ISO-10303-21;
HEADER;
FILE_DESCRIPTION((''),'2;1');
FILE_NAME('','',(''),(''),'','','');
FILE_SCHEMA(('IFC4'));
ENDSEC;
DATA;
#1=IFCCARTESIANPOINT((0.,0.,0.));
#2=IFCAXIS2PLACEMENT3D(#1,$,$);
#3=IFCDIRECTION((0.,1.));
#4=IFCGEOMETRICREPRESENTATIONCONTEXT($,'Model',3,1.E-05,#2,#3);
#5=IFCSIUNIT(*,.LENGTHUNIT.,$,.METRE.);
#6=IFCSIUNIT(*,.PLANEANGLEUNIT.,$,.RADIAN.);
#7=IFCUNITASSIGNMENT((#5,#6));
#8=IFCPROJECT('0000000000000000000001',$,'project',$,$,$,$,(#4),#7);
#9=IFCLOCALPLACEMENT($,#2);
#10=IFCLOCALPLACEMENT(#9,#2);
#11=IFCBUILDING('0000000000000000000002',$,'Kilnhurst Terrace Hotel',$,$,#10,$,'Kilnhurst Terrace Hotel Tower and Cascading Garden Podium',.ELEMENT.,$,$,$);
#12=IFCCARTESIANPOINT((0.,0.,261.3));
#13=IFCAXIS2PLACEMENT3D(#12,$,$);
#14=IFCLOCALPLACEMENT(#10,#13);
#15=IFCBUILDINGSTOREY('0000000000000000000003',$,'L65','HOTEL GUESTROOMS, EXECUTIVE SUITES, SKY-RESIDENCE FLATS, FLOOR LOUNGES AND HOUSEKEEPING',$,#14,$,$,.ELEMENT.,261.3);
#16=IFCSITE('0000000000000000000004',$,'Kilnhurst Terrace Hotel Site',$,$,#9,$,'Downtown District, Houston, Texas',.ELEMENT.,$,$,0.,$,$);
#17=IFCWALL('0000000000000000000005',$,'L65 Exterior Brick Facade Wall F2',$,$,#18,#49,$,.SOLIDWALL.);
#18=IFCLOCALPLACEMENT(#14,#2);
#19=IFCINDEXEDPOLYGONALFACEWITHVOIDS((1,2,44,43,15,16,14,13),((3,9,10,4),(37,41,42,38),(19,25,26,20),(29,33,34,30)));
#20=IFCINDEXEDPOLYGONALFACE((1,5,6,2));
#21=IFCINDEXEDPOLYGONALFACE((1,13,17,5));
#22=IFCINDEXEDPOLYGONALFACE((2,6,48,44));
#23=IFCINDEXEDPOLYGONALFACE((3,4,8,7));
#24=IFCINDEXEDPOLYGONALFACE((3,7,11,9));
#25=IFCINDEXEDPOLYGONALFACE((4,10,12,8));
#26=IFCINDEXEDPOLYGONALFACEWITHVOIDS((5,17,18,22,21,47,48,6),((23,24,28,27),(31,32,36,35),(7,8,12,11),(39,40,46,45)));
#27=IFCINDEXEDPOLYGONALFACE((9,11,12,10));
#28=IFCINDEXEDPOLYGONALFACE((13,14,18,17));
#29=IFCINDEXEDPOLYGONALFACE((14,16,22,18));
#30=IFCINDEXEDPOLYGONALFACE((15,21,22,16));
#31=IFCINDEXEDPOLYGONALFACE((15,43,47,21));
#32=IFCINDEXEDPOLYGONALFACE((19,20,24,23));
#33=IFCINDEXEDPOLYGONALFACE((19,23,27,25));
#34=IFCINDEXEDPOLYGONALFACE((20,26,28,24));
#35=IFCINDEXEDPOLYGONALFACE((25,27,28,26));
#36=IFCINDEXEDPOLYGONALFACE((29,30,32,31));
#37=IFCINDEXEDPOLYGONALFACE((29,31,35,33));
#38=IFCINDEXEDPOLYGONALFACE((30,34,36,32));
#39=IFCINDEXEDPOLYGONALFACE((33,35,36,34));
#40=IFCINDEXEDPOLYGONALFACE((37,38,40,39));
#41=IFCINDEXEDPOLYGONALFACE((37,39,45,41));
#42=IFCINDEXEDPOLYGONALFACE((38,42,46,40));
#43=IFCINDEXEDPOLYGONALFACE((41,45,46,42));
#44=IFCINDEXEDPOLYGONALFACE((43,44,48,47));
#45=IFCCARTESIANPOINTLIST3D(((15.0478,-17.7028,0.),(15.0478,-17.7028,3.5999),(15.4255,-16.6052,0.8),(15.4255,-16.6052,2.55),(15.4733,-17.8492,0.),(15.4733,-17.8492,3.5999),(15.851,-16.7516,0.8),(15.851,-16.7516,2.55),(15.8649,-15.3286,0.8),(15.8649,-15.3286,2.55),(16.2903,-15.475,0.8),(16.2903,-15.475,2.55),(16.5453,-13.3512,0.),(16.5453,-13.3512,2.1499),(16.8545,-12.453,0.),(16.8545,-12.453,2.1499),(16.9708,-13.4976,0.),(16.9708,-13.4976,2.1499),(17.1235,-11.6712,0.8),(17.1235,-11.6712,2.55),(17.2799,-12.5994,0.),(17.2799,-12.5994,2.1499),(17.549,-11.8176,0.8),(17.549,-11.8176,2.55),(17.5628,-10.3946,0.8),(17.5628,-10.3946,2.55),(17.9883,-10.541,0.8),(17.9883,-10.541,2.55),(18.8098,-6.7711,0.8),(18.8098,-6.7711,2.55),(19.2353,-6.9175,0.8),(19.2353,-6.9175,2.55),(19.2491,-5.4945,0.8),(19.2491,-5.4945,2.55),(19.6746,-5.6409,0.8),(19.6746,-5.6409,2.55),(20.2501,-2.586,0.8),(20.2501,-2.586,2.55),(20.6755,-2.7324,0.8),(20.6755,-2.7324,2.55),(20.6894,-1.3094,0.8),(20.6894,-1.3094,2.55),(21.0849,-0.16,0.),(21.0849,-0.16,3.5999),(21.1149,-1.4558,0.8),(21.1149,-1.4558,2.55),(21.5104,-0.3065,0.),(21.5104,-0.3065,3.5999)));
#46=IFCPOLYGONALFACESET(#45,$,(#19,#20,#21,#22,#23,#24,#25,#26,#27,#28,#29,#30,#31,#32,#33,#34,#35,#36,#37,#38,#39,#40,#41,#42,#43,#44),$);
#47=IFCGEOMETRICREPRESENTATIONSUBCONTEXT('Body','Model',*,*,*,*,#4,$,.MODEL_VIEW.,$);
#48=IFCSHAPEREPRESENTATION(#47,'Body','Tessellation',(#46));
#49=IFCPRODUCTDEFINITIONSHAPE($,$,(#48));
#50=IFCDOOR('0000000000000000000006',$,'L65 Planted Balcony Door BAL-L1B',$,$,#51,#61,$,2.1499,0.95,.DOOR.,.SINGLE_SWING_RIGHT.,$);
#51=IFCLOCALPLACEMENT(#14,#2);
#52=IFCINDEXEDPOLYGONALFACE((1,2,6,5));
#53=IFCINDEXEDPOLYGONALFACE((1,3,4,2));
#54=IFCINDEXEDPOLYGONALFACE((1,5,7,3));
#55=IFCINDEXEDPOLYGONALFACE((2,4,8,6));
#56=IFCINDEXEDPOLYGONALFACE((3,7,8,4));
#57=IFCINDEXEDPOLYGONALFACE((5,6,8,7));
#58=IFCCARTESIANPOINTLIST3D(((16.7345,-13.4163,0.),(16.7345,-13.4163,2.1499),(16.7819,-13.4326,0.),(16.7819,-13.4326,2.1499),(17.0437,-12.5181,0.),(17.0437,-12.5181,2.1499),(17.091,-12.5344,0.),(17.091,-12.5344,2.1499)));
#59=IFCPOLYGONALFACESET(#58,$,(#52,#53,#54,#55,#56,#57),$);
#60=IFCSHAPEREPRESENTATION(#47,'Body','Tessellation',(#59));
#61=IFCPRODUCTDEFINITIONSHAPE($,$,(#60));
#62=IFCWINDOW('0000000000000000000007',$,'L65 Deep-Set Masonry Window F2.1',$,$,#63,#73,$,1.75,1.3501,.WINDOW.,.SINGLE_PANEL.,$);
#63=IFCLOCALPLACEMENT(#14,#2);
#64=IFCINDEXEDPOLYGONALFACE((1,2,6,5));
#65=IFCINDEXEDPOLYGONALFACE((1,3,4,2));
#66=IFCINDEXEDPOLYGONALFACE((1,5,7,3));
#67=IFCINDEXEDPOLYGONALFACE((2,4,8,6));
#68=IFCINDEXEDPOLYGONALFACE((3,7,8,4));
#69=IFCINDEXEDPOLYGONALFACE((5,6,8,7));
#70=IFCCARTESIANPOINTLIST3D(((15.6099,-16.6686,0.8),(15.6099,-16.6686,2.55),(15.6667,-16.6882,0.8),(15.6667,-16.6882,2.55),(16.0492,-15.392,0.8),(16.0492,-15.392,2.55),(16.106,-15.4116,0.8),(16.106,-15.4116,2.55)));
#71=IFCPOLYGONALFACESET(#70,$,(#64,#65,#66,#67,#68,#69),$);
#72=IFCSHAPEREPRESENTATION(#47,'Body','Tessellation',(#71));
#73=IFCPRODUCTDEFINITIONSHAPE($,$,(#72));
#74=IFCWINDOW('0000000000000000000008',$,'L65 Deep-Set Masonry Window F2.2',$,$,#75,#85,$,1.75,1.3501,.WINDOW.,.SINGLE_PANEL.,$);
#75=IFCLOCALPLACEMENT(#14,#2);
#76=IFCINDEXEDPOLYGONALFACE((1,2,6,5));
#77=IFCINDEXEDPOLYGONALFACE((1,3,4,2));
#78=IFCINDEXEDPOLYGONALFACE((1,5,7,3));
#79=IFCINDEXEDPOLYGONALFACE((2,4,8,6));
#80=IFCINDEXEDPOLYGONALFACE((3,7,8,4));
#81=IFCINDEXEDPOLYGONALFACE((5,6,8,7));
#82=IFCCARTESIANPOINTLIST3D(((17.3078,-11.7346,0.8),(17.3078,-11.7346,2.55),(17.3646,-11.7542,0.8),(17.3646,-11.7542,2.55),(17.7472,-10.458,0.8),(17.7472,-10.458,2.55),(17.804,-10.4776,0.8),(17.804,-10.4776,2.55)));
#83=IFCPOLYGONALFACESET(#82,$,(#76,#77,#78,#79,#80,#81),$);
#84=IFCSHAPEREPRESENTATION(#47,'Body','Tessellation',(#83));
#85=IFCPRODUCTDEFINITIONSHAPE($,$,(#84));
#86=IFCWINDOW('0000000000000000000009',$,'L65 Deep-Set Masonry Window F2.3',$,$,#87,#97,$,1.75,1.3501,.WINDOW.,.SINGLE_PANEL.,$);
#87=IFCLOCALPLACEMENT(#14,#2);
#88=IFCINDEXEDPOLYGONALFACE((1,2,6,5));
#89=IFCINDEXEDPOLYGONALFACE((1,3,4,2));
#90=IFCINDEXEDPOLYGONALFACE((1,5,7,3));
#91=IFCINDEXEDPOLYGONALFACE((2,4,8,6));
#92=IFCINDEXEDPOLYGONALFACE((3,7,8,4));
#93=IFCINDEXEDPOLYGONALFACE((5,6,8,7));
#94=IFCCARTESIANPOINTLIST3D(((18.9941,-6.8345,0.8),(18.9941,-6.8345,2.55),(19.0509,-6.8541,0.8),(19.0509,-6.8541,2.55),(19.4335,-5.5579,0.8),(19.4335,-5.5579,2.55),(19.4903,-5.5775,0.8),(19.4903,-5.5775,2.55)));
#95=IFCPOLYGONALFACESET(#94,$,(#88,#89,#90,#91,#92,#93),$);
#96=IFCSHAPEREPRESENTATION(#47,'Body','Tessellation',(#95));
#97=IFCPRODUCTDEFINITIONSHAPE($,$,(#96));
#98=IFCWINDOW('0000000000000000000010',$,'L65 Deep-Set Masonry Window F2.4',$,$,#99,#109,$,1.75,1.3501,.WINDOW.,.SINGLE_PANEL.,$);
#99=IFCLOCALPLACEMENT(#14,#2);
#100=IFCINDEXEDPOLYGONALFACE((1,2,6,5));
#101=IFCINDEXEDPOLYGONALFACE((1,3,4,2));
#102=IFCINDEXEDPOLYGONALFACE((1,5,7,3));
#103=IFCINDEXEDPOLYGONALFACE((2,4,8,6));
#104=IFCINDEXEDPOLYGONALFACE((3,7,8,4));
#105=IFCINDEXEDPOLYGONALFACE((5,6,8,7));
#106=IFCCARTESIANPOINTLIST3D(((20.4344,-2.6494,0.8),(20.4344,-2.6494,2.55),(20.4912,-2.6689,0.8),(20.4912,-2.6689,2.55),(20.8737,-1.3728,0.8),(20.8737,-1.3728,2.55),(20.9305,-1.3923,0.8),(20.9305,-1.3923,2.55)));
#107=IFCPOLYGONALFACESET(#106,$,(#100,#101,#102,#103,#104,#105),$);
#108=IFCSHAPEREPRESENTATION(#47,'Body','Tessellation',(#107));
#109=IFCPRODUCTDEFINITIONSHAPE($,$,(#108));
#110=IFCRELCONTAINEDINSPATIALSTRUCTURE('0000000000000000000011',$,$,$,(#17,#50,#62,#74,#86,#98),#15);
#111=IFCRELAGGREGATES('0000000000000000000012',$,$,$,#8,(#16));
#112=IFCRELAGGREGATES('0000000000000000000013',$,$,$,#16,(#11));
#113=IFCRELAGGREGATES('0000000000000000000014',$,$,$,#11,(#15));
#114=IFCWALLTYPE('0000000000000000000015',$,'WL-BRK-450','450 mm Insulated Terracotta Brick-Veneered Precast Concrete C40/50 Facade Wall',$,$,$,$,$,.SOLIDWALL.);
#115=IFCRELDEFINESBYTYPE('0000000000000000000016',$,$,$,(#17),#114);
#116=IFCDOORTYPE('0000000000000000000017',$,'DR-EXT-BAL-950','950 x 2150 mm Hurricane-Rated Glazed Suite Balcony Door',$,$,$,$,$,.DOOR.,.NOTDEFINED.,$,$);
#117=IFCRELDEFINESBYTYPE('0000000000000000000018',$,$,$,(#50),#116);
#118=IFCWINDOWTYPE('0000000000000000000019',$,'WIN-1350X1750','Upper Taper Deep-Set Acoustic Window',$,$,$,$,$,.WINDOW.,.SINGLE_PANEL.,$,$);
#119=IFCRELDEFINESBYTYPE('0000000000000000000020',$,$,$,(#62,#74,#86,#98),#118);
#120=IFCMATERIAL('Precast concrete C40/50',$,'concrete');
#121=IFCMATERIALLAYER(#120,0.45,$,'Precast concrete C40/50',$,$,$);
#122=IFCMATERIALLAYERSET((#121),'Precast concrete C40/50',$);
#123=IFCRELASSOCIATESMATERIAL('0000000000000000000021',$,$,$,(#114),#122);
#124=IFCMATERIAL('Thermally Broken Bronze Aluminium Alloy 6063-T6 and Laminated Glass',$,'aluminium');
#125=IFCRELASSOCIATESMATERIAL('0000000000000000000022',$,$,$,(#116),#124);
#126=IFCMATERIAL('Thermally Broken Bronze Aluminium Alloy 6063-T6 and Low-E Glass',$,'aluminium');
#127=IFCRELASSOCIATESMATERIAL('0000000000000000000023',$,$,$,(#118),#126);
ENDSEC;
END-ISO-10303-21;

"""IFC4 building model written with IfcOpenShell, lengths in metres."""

from ifc_helpers import new_model, si_unit, direction, frame, frame_2d, origin, place, context, subcontext, project, spatial, rectangle, extrude, material, layer, layer_set, type_object, element, fill, save


model = new_model("IFC4")

# Units and contexts
model_context = context("Model", 3, precision=1e-05, world=origin(), true_north=direction((0.0, 1.0)))
body_context = subcontext(model_context, "Body", "Model", "MODEL_VIEW")
ifc_project = project(units=[si_unit("LENGTHUNIT", "METRE"), si_unit("PLANEANGLEUNIT", "RADIAN")], contexts=[model_context])

# Site, building, storey
site_placement = place(None, origin())
site = spatial("IfcSite", under=ifc_project, at=site_placement, Name="Kilnhurst Terrace Hotel Site", LongName="Downtown District, Houston, Texas", CompositionType="ELEMENT", RefElevation=0.0)
building_placement = place(site_placement, origin())
building = spatial("IfcBuilding", under=site, at=building_placement, Name="Kilnhurst Terrace Hotel", LongName="Kilnhurst Terrace Hotel Tower and Cascading Garden Podium", CompositionType="ELEMENT")
storey_placement = place(building_placement, frame((0.0, 0.0, 261.3)))
storey = spatial("IfcBuildingStorey", under=building, at=storey_placement, Name="L65", Description="HOTEL GUESTROOMS, EXECUTIVE SUITES, SKY-RESIDENCE FLATS, FLOOR LOUNGES AND HOUSEKEEPING", CompositionType="ELEMENT", Elevation=261.3)

# Shared definitions
ifc_material_1 = material(Name="Precast concrete C40/50", Category="concrete")
ifc_layer_1 = layer(ifc_material_1, 0.45, Name="Precast concrete C40/50")
ifc_layer_set_1 = layer_set([ifc_layer_1], Name="Precast concrete C40/50")
wall_type_1 = type_object("IfcWallType", Name="WL-BRK-450", Description="450 mm Insulated Terracotta Brick-Veneered Precast Concrete C40/50 Facade Wall", PredefinedType="SOLIDWALL", material=ifc_layer_set_1)

# Wall, openings, door, windows
wall_1_placement = place(storey_placement, frame((15.2605, -17.7761, 0.0), z_axis=(0.0, 0.0, 1.0), x_axis=(0.325407, 0.945574, 0.0)))
wall_1 = element("IfcWall", 1, at=wall_1_placement, inside=storey, type_object=wall_type_1, Name="L65 Exterior Brick Facade Wall F2", PredefinedType="SOLIDWALL", context=body_context, shape_type="SweptSolid", body=[
    extrude(rectangle(XDim=18.5525, YDim=0.45, at=frame_2d((9.2764, 0.0))), origin(), (0.0, 0.0, 1.0), 3.5999),
])
opening_1_placement = place(wall_1_placement, frame((4.6021, 0.0, 0.0)))
opening_1 = element("IfcOpeningElement", 2, at=opening_1_placement, cuts=wall_1, PredefinedType="OPENING", context=body_context, shape_type="SweptSolid", body=[
    extrude(rectangle(XDim=0.95, YDim=2.1499, at=frame_2d((0.4751, 1.075))), frame((0.0, 0.2349, 0.0), z_axis=(0.0, -1.0, 0.0), x_axis=(1.0, 0.0, 0.0)), (0.0, 0.0, 1.0), 0.47),
])
opening_2_placement = place(wall_1_placement, frame((1.1609, 0.0, 0.8)))
opening_2 = element("IfcOpeningElement", 3, at=opening_2_placement, cuts=wall_1, PredefinedType="OPENING", context=body_context, shape_type="SweptSolid", body=[
    extrude(rectangle(XDim=1.3501, YDim=1.75, at=frame_2d((0.675, 0.875))), frame((0.0, 0.2349, 0.0), z_axis=(0.0, -1.0, 0.0), x_axis=(1.0, 0.0, 0.0)), (0.0, 0.0, 1.0), 0.47),
])
opening_3_placement = place(wall_1_placement, frame((6.3789, 0.0, 0.8)))
opening_3 = element("IfcOpeningElement", 4, at=opening_3_placement, cuts=wall_1, PredefinedType="OPENING", context=body_context, shape_type="SweptSolid", body=[
    extrude(rectangle(XDim=1.3501, YDim=1.75, at=frame_2d((0.675, 0.875))), frame((0.0, 0.2349, 0.0), z_axis=(0.0, -1.0, 0.0), x_axis=(1.0, 0.0, 0.0)), (0.0, 0.0, 1.0), 0.47),
])
opening_4_placement = place(wall_1_placement, frame((11.561, 0.0, 0.8)))
opening_4 = element("IfcOpeningElement", 5, at=opening_4_placement, cuts=wall_1, PredefinedType="OPENING", context=body_context, shape_type="SweptSolid", body=[
    extrude(rectangle(XDim=1.3501, YDim=1.75, at=frame_2d((0.675, 0.875))), frame((0.0, 0.2349, 0.0), z_axis=(0.0, -1.0, 0.0), x_axis=(1.0, 0.0, 0.0)), (0.0, 0.0, 1.0), 0.47),
])
opening_5_placement = place(wall_1_placement, frame((15.9871, 0.0, 0.8)))
opening_5 = element("IfcOpeningElement", 6, at=opening_5_placement, cuts=wall_1, PredefinedType="OPENING", context=body_context, shape_type="SweptSolid", body=[
    extrude(rectangle(XDim=1.3501, YDim=1.75, at=frame_2d((0.675, 0.875))), frame((0.0, 0.2349, 0.0), z_axis=(0.0, -1.0, 0.0), x_axis=(1.0, 0.0, 0.0)), (0.0, 0.0, 1.0), 0.47),
])
ifc_material_2 = material(Name="Thermally Broken Bronze Aluminium Alloy 6063-T6 and Laminated Glass", Category="aluminium")
door_type_1 = type_object("IfcDoorType", Name="DR-EXT-BAL-950", Description="950 x 2150 mm Hurricane-Rated Glazed Suite Balcony Door", OperationType="NOTDEFINED", PredefinedType="DOOR", material=ifc_material_2)
door_1_placement = place(opening_1_placement, origin())
door_1 = element("IfcDoor", 7, at=door_1_placement, inside=storey, type_object=door_type_1, Name="L65 Planted Balcony Door BAL-L1B", OperationType="SINGLE_SWING_RIGHT", OverallHeight=2.1499, OverallWidth=0.95, PredefinedType="DOOR", context=body_context, shape_type="SweptSolid", body=[
    extrude(rectangle(XDim=0.95, YDim=2.1499, at=frame_2d((0.4751, 1.075))), frame((0.0, 0.0249, 0.0), z_axis=(0.0, -1.0, 0.0), x_axis=(1.0, 0.0, 0.0)), (0.0, 0.0, 1.0), 0.05),
])
fill(opening_1, door_1)
ifc_material_3 = material(Name="Thermally Broken Bronze Aluminium Alloy 6063-T6 and Low-E Glass", Category="aluminium")
window_type = type_object("IfcWindowType", Name="WIN-1350X1750", Description="Upper Taper Deep-Set Acoustic Window", PartitioningType="SINGLE_PANEL", PredefinedType="WINDOW", material=ifc_material_3)
window_1_placement = place(opening_2_placement, origin())
window_1 = element("IfcWindow", 8, at=window_1_placement, inside=storey, type_object=window_type, Name="L65 Deep-Set Masonry Window F2.1", OverallHeight=1.75, OverallWidth=1.3501, PartitioningType="SINGLE_PANEL", PredefinedType="WINDOW", context=body_context, shape_type="SweptSolid", body=[
    extrude(rectangle(XDim=1.3501, YDim=1.75, at=frame_2d((0.675, 0.875))), frame((0.0, 0.03, 0.0), z_axis=(0.0, -1.0, 0.0), x_axis=(1.0, 0.0, 0.0)), (0.0, 0.0, 1.0), 0.0601),
])
fill(opening_2, window_1)
window_2_placement = place(opening_3_placement, origin())
window_2 = element("IfcWindow", 9, at=window_2_placement, inside=storey, type_object=window_type, Name="L65 Deep-Set Masonry Window F2.2", OverallHeight=1.75, OverallWidth=1.3501, PartitioningType="SINGLE_PANEL", PredefinedType="WINDOW", context=body_context, shape_type="SweptSolid", body=[
    extrude(rectangle(XDim=1.3501, YDim=1.75, at=frame_2d((0.675, 0.875))), frame((0.0, 0.03, 0.0), z_axis=(0.0, -1.0, 0.0), x_axis=(1.0, 0.0, 0.0)), (0.0, 0.0, 1.0), 0.0601),
])
fill(opening_3, window_2)
window_3_placement = place(opening_4_placement, origin())
window_3 = element("IfcWindow", 10, at=window_3_placement, inside=storey, type_object=window_type, Name="L65 Deep-Set Masonry Window F2.3", OverallHeight=1.75, OverallWidth=1.3501, PartitioningType="SINGLE_PANEL", PredefinedType="WINDOW", context=body_context, shape_type="SweptSolid", body=[
    extrude(rectangle(XDim=1.3501, YDim=1.75, at=frame_2d((0.675, 0.875))), frame((0.0, 0.03, 0.0), z_axis=(0.0, -1.0, 0.0), x_axis=(1.0, 0.0, 0.0)), (0.0, 0.0, 1.0), 0.0601),
])
fill(opening_4, window_3)
window_4_placement = place(opening_5_placement, origin())
window_4 = element("IfcWindow", 11, at=window_4_placement, inside=storey, type_object=window_type, Name="L65 Deep-Set Masonry Window F2.4", OverallHeight=1.75, OverallWidth=1.3501, PartitioningType="SINGLE_PANEL", PredefinedType="WINDOW", context=body_context, shape_type="SweptSolid", body=[
    extrude(rectangle(XDim=1.3501, YDim=1.75, at=frame_2d((0.675, 0.875))), frame((0.0, 0.03, 0.0), z_axis=(0.0, -1.0, 0.0), x_axis=(1.0, 0.0, 0.0)), (0.0, 0.0, 1.0), 0.0601),
])
fill(opening_5, window_4)

save(model, "model.ifc")
